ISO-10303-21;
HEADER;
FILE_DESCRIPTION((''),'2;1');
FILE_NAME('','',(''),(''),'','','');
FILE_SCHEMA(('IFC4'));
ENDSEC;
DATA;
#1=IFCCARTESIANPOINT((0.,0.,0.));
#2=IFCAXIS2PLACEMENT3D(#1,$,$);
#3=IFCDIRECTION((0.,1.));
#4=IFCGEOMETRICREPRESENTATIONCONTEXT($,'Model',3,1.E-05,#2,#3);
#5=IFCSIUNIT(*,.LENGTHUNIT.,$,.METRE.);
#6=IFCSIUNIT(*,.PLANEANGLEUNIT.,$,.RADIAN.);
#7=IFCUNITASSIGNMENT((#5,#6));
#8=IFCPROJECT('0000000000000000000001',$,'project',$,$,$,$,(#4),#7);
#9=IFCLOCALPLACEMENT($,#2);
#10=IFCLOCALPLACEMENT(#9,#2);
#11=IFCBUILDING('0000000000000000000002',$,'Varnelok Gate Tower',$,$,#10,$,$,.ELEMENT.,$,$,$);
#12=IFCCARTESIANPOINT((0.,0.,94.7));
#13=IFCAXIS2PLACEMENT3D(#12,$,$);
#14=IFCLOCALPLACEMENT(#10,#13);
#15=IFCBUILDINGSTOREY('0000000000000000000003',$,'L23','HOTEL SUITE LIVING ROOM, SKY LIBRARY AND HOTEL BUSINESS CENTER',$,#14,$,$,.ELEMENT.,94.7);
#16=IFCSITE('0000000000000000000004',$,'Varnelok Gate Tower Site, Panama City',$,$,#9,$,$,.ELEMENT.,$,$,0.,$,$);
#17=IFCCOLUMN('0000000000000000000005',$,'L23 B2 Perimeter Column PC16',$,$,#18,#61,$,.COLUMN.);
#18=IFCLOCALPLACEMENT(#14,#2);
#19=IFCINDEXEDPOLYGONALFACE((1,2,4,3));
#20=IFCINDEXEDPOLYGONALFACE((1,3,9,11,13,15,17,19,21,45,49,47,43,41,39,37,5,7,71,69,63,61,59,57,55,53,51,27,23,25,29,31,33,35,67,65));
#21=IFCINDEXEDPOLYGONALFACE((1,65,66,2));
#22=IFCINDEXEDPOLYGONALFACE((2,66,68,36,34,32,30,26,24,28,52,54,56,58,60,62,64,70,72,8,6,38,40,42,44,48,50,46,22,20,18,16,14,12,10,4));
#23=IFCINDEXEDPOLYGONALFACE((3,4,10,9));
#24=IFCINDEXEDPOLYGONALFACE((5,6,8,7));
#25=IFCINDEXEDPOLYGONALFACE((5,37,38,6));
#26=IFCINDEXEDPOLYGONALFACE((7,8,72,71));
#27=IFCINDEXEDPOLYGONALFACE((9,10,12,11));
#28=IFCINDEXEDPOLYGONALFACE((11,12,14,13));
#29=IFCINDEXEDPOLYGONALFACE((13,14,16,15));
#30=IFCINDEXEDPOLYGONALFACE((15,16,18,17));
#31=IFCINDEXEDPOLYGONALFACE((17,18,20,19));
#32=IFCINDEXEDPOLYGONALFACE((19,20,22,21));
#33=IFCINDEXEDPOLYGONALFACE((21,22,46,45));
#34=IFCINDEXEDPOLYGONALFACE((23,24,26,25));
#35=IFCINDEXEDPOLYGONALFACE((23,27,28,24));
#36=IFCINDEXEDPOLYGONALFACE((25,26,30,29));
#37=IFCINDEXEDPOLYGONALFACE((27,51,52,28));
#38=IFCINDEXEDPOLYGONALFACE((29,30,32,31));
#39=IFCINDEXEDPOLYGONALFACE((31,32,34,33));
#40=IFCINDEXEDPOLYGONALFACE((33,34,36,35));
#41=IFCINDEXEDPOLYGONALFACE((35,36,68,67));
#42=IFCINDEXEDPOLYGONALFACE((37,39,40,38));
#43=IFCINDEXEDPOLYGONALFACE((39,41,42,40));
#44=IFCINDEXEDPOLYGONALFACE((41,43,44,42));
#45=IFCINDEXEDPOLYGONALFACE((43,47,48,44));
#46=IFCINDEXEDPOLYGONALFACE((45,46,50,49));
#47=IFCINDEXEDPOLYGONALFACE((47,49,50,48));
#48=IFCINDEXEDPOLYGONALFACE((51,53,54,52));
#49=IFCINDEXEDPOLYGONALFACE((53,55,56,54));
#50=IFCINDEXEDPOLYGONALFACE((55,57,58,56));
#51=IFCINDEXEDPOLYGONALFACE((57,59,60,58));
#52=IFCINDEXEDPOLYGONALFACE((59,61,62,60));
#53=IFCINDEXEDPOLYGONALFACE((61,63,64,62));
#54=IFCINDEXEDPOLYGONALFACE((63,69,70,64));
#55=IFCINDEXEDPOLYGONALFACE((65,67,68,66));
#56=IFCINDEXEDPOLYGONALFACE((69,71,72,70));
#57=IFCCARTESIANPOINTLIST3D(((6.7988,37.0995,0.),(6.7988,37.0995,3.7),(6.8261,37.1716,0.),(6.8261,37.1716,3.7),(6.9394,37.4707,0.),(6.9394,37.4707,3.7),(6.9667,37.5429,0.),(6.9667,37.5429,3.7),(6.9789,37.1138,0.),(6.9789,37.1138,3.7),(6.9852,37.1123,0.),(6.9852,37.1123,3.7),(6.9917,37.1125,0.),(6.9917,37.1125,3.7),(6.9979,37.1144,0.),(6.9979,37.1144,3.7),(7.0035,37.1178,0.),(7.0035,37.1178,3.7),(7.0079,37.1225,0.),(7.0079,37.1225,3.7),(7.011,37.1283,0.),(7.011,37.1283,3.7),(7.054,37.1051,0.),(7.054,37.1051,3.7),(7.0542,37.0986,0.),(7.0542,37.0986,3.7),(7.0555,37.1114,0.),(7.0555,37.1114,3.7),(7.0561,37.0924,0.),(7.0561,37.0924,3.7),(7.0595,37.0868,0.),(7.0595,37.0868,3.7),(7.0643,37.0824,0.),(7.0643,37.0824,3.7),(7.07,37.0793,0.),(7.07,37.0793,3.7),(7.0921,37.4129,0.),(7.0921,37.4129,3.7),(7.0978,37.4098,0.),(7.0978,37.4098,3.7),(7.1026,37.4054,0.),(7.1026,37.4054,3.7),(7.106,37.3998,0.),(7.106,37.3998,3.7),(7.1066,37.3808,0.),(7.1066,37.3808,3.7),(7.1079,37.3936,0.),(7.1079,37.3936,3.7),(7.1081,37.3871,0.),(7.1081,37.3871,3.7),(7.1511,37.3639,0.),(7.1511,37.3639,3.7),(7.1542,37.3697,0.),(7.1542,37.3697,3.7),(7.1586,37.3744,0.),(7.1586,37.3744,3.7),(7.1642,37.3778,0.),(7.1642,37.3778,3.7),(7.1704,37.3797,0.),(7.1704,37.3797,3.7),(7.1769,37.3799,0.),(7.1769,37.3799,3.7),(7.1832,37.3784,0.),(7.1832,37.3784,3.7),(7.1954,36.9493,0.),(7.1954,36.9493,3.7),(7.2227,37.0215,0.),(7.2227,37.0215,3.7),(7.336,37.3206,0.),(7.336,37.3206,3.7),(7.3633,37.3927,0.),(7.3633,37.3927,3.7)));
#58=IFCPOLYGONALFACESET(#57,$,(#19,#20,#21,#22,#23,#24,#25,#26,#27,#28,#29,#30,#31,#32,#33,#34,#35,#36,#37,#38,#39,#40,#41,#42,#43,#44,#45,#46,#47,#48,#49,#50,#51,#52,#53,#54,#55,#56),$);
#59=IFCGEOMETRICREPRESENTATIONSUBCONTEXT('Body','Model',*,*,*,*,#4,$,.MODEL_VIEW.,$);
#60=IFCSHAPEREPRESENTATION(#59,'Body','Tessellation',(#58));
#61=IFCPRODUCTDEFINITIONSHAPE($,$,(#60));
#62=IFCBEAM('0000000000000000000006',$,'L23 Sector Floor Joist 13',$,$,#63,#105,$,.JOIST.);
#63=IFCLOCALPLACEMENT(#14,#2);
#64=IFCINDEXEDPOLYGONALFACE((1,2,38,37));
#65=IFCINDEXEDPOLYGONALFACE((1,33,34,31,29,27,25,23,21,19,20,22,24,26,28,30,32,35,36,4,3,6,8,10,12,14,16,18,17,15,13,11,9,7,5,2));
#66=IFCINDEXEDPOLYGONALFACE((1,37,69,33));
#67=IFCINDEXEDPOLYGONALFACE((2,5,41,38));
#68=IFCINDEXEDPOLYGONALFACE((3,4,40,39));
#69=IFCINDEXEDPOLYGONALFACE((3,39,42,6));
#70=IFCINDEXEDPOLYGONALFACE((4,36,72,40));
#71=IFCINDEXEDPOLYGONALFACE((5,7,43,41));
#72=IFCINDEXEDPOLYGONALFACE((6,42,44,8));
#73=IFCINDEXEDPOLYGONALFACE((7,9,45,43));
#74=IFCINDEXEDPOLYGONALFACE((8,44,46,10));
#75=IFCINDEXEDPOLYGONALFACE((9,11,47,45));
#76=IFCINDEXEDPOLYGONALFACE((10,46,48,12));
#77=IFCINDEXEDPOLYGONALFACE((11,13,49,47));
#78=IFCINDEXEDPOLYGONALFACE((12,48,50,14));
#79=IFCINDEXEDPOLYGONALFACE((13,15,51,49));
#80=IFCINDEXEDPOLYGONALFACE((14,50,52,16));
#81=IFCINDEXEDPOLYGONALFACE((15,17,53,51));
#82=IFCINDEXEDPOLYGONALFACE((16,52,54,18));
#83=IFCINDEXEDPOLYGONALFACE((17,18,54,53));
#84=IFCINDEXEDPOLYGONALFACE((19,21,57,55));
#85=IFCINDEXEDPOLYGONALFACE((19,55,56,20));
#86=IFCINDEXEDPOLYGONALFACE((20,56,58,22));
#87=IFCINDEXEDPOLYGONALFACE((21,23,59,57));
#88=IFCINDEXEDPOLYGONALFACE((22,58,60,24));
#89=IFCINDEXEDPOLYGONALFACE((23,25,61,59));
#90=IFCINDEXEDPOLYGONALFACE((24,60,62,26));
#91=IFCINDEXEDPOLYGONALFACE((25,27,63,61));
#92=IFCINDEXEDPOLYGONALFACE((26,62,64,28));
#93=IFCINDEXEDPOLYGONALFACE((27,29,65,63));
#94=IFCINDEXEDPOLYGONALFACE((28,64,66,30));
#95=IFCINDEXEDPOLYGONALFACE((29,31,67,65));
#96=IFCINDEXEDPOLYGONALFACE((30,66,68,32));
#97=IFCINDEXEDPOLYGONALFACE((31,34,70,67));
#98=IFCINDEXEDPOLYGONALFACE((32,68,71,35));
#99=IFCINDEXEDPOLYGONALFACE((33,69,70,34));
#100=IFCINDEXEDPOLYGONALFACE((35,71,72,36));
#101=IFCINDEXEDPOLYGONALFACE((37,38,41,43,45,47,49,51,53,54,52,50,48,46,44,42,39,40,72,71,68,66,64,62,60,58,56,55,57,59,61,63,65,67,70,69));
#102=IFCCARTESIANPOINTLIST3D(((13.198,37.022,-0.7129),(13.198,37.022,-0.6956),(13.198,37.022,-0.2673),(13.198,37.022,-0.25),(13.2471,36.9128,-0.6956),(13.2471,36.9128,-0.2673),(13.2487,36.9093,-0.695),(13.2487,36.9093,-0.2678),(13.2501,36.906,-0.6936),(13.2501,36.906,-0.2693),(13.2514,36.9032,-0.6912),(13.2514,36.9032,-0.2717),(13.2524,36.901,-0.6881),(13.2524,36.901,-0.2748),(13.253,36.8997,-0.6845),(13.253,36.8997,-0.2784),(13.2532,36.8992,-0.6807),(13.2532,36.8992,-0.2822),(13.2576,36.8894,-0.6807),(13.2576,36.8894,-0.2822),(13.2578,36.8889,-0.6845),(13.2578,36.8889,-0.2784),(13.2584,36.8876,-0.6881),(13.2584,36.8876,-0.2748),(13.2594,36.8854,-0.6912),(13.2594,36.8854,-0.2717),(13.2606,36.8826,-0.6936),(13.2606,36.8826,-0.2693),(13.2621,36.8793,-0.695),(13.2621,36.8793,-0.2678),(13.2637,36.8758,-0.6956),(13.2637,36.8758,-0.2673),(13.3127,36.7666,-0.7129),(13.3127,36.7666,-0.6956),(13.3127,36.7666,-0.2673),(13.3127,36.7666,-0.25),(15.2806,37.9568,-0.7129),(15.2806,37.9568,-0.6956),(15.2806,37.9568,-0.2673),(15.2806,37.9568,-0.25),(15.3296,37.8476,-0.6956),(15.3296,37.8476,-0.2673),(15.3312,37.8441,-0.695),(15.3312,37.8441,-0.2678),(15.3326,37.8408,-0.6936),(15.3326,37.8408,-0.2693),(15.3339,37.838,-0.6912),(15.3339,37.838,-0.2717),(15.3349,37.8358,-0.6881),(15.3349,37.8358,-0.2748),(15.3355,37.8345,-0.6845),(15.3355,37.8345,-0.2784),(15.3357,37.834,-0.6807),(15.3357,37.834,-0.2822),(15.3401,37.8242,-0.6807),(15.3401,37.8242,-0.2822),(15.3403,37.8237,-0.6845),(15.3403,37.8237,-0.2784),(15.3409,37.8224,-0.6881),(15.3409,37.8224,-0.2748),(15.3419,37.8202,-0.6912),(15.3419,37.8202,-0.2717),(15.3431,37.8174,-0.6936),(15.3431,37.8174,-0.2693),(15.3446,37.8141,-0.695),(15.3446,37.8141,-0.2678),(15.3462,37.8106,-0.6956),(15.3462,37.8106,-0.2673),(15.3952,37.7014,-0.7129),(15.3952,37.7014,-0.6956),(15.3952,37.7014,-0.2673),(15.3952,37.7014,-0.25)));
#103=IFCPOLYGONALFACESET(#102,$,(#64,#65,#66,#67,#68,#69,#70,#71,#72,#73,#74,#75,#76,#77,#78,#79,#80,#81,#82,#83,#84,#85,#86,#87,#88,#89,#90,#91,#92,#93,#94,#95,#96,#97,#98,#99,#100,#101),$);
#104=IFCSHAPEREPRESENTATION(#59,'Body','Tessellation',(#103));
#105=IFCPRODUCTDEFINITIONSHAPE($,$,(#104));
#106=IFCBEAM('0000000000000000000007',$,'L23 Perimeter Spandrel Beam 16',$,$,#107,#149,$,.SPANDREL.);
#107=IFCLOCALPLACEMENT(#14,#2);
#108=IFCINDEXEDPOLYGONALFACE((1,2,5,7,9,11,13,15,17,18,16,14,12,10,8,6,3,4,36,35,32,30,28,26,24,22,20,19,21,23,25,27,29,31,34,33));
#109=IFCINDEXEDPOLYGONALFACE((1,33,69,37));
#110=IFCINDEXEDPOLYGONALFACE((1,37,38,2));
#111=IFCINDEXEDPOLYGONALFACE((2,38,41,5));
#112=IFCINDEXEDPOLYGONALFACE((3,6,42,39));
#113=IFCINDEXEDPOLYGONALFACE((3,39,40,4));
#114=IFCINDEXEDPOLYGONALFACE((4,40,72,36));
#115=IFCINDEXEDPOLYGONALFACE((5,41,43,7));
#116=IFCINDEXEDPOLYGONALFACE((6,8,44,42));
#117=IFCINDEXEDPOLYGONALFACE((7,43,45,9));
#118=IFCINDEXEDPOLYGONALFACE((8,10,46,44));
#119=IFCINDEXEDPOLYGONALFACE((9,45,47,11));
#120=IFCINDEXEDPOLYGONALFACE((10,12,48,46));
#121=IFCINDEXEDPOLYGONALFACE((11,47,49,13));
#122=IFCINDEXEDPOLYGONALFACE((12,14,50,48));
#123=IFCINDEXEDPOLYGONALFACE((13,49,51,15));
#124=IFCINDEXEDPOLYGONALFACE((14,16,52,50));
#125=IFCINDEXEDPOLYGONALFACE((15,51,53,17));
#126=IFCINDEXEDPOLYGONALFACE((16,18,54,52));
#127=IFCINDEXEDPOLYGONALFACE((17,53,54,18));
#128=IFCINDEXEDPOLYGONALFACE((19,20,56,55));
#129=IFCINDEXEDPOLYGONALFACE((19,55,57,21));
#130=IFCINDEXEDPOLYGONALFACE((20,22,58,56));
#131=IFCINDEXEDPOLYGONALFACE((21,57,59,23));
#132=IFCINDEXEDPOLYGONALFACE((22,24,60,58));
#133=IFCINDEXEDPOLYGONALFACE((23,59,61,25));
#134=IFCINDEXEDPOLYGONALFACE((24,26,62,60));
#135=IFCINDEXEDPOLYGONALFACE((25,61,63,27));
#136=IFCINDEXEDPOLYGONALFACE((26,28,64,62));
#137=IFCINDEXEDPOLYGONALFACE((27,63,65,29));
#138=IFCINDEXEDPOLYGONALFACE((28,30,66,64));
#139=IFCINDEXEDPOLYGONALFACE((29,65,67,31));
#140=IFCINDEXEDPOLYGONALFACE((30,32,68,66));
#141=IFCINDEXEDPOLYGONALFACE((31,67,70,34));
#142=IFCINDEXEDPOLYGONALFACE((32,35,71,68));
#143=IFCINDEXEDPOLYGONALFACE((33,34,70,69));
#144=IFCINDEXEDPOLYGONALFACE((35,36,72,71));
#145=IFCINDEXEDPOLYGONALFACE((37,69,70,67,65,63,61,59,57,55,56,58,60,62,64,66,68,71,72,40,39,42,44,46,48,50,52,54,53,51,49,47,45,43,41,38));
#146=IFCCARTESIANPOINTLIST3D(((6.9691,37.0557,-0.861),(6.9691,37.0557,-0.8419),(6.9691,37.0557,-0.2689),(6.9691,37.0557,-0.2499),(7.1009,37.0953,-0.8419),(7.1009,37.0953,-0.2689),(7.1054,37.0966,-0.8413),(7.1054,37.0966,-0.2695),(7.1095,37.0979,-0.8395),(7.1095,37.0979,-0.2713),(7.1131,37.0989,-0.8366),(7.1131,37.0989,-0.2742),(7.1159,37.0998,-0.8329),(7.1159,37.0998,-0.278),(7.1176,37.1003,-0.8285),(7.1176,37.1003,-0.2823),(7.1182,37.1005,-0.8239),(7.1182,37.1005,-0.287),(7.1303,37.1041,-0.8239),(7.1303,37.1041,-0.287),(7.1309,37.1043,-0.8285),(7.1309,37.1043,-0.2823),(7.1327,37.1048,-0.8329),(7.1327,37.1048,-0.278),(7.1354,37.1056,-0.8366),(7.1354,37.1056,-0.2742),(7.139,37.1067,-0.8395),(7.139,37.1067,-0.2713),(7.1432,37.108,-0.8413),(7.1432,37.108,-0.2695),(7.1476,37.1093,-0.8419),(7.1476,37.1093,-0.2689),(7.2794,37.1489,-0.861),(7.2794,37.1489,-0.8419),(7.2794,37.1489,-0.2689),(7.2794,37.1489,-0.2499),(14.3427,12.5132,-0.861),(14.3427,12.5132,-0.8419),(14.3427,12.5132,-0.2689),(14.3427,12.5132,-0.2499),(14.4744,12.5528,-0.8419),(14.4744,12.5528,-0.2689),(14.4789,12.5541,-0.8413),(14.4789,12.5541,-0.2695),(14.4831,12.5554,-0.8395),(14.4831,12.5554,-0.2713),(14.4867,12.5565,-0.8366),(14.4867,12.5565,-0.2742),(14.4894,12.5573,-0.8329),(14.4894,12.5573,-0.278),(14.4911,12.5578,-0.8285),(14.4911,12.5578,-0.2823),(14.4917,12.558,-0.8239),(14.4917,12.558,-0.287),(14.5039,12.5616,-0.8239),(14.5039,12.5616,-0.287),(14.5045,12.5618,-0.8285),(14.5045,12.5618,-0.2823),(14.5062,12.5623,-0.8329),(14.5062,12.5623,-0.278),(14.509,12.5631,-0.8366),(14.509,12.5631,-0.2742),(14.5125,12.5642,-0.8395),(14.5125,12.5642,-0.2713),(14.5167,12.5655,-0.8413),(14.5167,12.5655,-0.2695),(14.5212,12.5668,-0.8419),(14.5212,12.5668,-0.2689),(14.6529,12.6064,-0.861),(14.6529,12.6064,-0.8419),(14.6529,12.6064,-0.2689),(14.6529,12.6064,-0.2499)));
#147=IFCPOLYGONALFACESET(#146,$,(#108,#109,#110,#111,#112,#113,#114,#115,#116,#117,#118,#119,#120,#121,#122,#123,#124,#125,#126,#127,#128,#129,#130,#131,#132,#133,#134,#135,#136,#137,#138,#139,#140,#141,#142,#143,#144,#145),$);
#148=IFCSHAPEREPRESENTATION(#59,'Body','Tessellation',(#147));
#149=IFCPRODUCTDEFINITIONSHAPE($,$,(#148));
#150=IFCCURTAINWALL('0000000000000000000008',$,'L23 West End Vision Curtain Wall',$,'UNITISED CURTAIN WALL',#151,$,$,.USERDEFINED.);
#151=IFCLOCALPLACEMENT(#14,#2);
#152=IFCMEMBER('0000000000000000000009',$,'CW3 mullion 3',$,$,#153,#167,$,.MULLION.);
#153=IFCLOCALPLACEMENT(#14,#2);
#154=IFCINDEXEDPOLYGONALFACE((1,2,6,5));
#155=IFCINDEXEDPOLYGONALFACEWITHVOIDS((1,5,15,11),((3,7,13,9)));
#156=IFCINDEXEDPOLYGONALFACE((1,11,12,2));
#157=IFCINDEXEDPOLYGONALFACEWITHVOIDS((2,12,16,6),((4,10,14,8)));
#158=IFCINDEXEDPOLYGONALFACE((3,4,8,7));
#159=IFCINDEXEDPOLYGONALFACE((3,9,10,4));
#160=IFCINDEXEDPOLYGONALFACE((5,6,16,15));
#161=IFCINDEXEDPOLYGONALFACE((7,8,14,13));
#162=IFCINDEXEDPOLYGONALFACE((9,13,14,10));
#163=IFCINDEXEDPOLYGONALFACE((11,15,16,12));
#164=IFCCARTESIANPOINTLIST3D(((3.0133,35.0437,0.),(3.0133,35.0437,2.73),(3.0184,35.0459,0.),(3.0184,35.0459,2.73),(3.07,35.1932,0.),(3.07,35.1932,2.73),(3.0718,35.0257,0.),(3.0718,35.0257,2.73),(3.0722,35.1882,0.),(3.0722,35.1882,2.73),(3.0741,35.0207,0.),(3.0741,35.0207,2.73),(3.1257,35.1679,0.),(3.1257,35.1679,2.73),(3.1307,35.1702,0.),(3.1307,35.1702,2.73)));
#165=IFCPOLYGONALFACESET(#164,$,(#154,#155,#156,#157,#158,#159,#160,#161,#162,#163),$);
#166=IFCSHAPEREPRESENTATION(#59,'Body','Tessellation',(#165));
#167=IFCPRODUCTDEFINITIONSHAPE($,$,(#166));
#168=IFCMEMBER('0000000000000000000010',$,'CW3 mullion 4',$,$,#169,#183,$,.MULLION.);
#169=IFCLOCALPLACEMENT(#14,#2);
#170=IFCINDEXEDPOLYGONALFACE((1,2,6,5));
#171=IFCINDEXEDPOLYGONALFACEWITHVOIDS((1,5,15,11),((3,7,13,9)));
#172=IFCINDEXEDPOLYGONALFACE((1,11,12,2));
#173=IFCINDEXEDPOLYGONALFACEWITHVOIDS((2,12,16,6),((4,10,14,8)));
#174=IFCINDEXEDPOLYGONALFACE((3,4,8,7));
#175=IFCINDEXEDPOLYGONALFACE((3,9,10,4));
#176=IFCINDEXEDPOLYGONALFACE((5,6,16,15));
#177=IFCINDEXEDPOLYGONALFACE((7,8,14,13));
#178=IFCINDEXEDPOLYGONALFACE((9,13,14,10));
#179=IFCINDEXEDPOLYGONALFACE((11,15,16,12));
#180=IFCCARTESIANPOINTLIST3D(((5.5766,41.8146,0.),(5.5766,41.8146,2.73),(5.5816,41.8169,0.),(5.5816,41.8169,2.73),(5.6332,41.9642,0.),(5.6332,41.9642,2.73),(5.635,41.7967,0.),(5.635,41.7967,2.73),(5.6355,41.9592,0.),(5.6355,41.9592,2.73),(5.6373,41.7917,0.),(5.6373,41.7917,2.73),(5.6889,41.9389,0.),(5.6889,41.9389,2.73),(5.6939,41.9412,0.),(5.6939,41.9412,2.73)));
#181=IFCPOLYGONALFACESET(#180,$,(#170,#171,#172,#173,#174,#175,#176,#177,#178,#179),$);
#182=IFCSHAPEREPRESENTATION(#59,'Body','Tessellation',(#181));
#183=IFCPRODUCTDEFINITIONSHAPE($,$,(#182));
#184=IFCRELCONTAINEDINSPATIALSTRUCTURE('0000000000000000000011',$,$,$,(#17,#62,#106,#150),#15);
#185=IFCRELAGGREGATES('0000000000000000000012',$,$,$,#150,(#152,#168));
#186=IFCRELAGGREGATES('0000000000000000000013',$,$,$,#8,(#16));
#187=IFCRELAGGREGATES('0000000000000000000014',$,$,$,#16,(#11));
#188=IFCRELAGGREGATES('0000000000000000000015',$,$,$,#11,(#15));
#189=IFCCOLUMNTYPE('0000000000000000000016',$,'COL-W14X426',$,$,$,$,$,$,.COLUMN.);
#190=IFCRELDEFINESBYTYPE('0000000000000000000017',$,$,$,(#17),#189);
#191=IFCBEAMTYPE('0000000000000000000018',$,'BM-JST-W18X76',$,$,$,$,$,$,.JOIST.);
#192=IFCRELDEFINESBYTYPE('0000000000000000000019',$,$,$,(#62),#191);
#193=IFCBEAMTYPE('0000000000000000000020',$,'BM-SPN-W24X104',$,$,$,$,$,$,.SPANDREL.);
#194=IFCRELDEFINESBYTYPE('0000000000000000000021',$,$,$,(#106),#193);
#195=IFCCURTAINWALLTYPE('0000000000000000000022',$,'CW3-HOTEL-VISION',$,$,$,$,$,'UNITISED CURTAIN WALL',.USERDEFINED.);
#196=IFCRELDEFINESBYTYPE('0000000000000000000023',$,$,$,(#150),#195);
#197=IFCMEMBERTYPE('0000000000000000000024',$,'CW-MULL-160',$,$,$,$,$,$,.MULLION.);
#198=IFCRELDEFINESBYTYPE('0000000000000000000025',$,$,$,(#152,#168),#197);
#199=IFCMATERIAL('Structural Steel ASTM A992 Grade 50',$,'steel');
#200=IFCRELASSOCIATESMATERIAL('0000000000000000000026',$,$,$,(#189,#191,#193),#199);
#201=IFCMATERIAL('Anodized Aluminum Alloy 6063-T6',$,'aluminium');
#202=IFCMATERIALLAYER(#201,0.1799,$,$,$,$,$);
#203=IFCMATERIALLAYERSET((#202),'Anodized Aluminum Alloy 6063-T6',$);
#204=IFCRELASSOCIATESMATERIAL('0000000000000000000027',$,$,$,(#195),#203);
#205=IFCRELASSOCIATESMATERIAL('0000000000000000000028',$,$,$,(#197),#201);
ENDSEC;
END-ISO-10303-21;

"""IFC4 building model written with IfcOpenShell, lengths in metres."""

from ifc_helpers import new_model, si_unit, direction, frame, origin, origin_2d, place, context, subcontext, project, spatial, hollow_rectangle, i_section, extrude, material, layer, layer_set, material_profile, profile_set, type_object, element, aggregate, save


model = new_model("IFC4")

# Units and contexts
model_context = context("Model", 3, precision=1e-05, world=origin(), true_north=direction((0.0, 1.0)))
body_context = subcontext(model_context, "Body", "Model", "MODEL_VIEW")
ifc_project = project(units=[si_unit("LENGTHUNIT", "METRE"), si_unit("PLANEANGLEUNIT", "RADIAN")], contexts=[model_context])

# Site, building, storey
site_placement = place(None, origin())
site = spatial("IfcSite", under=ifc_project, at=site_placement, Name="Varnelok Gate Tower Site, Panama City", CompositionType="ELEMENT", RefElevation=0.0)
building_placement = place(site_placement, origin())
building = spatial("IfcBuilding", under=site, at=building_placement, Name="Varnelok Gate Tower", CompositionType="ELEMENT")
storey_placement = place(building_placement, frame((0.0, 0.0, 94.7)))
storey = spatial("IfcBuildingStorey", under=building, at=storey_placement, Name="L23", Description="HOTEL SUITE LIVING ROOM, SKY LIBRARY AND HOTEL BUSINESS CENTER", CompositionType="ELEMENT", Elevation=94.7)

# Column
ifc_material_1 = material(Name="Structural Steel ASTM A992 Grade 50", Category="steel")
ifc_material_profile_1 = material_profile(ifc_material_1, i_section(OverallWidth=0.4241, OverallDepth=0.4741, WebThickness=0.0476, FlangeThickness=0.0771, FilletRadius=0.0249, at=origin_2d()), Name="W14X426")
ifc_profile_set_1 = profile_set([ifc_material_profile_1], Name="Structural Steel ASTM A992 Grade 50")
column_type = type_object("IfcColumnType", Name="COL-W14X426", PredefinedType="COLUMN", material=ifc_profile_set_1)
column_placement = place(storey_placement, frame((7.0811, 37.2461, 0.0), z_axis=(0.0, 0.0, 1.0), x_axis=(0.935222, -0.354063, 0.0)))
element("IfcColumn", 1, at=column_placement, inside=storey, type_object=column_type, Name="L23 B2 Perimeter Column PC16", PredefinedType="COLUMN", context=body_context, shape_type="SweptSolid", body=[
    extrude(i_section(OverallWidth=0.4241, OverallDepth=0.4741, WebThickness=0.0476, FlangeThickness=0.0771, FilletRadius=0.0249, at=origin_2d()), origin(), (0.0, 0.0, 1.0), 3.7),
])

# Beams
ifc_material_profile_2 = material_profile(ifc_material_1, i_section(OverallWidth=0.28, OverallDepth=0.4629, WebThickness=0.0107, FlangeThickness=0.0173, FilletRadius=0.0149, at=origin_2d()), Name="W18X76")
ifc_profile_set_2 = profile_set([ifc_material_profile_2], Name="Structural Steel ASTM A992 Grade 50")
beam_type_1 = type_object("IfcBeamType", Name="BM-JST-W18X76", PredefinedType="JOIST", material=ifc_profile_set_2)
beam_1_placement = place(storey_placement, frame((13.2554, 36.8943, -0.4814), z_axis=(0.912301, 0.40952, 0.0), x_axis=(-0.40952, 0.912301, 0.0)))
element("IfcBeam", 2, at=beam_1_placement, inside=storey, type_object=beam_type_1, Name="L23 Sector Floor Joist 13", PredefinedType="JOIST", context=body_context, shape_type="SweptSolid", body=[
    extrude(i_section(OverallWidth=0.28, OverallDepth=0.4629, WebThickness=0.0107, FlangeThickness=0.0173, FilletRadius=0.0149, at=origin_2d()), origin(), (0.0, 0.0, 1.0), 2.2827),
])
ifc_material_profile_3 = material_profile(ifc_material_1, i_section(OverallWidth=0.324, OverallDepth=0.6111, WebThickness=0.0127, FlangeThickness=0.019, FilletRadius=0.0181, at=origin_2d()), Name="W24X104")
ifc_profile_set_3 = profile_set([ifc_material_profile_3], Name="Structural Steel ASTM A992 Grade 50")
beam_type_2 = type_object("IfcBeamType", Name="BM-SPN-W24X104", PredefinedType="SPANDREL", material=ifc_profile_set_3)
beam_2_placement = place(storey_placement, frame((7.1243, 37.1023, -0.5554), z_axis=(0.287734, -0.95771, 0.0), x_axis=(0.95771, 0.287734, 0.0)))
element("IfcBeam", 3, at=beam_2_placement, inside=storey, type_object=beam_type_2, Name="L23 Perimeter Spandrel Beam 16", PredefinedType="SPANDREL", context=body_context, shape_type="SweptSolid", body=[
    extrude(i_section(OverallWidth=0.324, OverallDepth=0.6111, WebThickness=0.0127, FlangeThickness=0.019, FilletRadius=0.0181, at=origin_2d()), origin(), (0.0, 0.0, 1.0), 25.6262),
])

# Curtain wall, members
ifc_material_2 = material(Name="Anodized Aluminum Alloy 6063-T6", Category="aluminium")
ifc_layer_1 = layer(ifc_material_2, 0.1799)
ifc_layer_set_1 = layer_set([ifc_layer_1], Name="Anodized Aluminum Alloy 6063-T6")
curtain_wall_type = type_object("IfcCurtainWallType", Name="CW3-HOTEL-VISION", ElementType="UNITISED CURTAIN WALL", PredefinedType="USERDEFINED", material=ifc_layer_set_1)
curtain_wall_placement = place(storey_placement, origin())
curtain_wall = element("IfcCurtainWall", 4, at=curtain_wall_placement, inside=storey, type_object=curtain_wall_type, Name="L23 West End Vision Curtain Wall", ObjectType="UNITISED CURTAIN WALL", PredefinedType="USERDEFINED")
ifc_material_profile_4 = material_profile(ifc_material_2, hollow_rectangle(XDim=0.0649, YDim=0.1599, WallThickness=0.0039, at=origin_2d()), Name="ALU160X65X4")
ifc_profile_set_4 = profile_set([ifc_material_profile_4], Name="Anodized Aluminum Alloy 6063-T6")
member_type_1 = type_object("IfcMemberType", Name="CW-MULL-160", PredefinedType="MULLION", material=ifc_profile_set_4)
member_1_placement = place(storey_placement, frame((3.072, 35.1069, 0.0), z_axis=(0.0, 0.0, 1.0), x_axis=(-0.935221, 0.354064, 0.0)))
member_1 = element("IfcMember", 5, at=member_1_placement, type_object=member_type_1, Name="CW3 mullion 3", PredefinedType="MULLION", context=body_context, shape_type="SweptSolid", body=[
    extrude(hollow_rectangle(XDim=0.0649, YDim=0.1599, WallThickness=0.0039, at=origin_2d()), origin(), (0.0, 0.0, 1.0), 2.73),
])
member_2_placement = place(storey_placement, frame((5.6353, 41.8779, 0.0), z_axis=(0.0, 0.0, 1.0), x_axis=(-0.935221, 0.354064, 0.0)))
member_2 = element("IfcMember", 6, at=member_2_placement, type_object=member_type_1, Name="CW3 mullion 4", PredefinedType="MULLION", context=body_context, shape_type="SweptSolid", body=[
    extrude(hollow_rectangle(XDim=0.0649, YDim=0.1599, WallThickness=0.0039, at=origin_2d()), origin(), (0.0, 0.0, 1.0), 2.73),
])
aggregate(curtain_wall, [member_1, member_2])

save(model, "model.ifc")
